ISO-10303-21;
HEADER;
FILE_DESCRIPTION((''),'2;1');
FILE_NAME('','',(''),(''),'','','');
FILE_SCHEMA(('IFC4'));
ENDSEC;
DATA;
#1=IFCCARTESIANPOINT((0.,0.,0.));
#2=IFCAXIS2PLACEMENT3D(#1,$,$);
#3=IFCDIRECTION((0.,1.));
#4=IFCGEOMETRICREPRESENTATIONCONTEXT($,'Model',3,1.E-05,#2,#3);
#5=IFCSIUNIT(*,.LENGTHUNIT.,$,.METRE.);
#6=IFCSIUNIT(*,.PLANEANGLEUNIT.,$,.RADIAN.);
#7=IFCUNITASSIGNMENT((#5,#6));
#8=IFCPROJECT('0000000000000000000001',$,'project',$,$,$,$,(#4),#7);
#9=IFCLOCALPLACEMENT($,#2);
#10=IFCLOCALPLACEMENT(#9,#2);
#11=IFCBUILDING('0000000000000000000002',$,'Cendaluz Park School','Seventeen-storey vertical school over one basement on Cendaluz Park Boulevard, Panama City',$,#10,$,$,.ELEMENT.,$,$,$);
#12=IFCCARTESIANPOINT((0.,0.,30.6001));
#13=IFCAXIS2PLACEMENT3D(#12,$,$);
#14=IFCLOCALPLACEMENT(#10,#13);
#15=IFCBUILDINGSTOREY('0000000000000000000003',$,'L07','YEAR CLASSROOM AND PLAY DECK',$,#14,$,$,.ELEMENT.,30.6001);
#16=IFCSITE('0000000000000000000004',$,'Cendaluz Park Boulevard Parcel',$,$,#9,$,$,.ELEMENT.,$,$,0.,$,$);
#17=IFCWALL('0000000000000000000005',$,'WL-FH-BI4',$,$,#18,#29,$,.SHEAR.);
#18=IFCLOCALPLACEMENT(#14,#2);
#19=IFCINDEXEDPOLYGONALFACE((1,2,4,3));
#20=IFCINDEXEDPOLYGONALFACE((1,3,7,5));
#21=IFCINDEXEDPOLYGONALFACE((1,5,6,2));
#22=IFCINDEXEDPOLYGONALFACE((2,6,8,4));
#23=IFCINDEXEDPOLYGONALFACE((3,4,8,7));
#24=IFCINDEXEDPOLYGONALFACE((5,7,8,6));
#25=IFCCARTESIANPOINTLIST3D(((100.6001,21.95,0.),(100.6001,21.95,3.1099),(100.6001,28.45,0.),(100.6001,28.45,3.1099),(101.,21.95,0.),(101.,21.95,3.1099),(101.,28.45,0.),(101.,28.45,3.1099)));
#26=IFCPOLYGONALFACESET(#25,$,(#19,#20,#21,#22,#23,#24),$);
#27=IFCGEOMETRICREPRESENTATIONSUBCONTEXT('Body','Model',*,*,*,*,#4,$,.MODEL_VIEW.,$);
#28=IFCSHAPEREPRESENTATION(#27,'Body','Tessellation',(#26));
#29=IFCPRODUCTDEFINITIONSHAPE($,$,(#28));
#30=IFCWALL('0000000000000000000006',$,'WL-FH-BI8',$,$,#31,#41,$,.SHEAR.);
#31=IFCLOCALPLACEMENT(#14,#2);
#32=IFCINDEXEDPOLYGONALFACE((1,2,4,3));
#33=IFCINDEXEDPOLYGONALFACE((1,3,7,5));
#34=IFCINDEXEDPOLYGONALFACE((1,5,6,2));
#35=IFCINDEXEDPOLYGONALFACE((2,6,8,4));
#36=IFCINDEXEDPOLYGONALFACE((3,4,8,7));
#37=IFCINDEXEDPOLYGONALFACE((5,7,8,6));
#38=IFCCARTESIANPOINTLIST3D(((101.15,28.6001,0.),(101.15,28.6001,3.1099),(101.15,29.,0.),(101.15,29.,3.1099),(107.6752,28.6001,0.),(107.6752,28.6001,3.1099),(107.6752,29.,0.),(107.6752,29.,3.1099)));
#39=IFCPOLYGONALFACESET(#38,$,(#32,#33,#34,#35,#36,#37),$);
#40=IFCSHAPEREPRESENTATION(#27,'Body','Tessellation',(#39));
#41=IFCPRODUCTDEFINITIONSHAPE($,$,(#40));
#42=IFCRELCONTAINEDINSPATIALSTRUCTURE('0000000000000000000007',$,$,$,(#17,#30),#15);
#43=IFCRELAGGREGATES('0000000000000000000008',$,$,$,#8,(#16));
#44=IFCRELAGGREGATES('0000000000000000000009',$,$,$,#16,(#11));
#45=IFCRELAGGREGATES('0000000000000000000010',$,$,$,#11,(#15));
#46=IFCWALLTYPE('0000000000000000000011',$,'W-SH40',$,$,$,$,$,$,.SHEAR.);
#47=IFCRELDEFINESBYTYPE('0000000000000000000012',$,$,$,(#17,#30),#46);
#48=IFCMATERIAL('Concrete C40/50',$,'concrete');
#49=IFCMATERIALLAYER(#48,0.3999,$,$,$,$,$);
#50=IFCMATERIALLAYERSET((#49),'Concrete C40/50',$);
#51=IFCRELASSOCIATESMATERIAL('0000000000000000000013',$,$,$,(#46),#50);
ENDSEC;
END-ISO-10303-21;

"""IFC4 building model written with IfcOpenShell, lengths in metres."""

from ifc_helpers import new_model, si_unit, direction, frame, frame_2d, origin, place, context, subcontext, project, spatial, rectangle, extrude, material, layer, layer_set, type_object, element, save


model = new_model("IFC4")

# Units and contexts
model_context = context("Model", 3, precision=1e-05, world=origin(), true_north=direction((0.0, 1.0)))
body_context = subcontext(model_context, "Body", "Model", "MODEL_VIEW")
ifc_project = project(units=[si_unit("LENGTHUNIT", "METRE"), si_unit("PLANEANGLEUNIT", "RADIAN")], contexts=[model_context])

# Site, building, storey
site_placement = place(None, origin())
site = spatial("IfcSite", under=ifc_project, at=site_placement, Name="Cendaluz Park Boulevard Parcel", CompositionType="ELEMENT", RefElevation=0.0)
building_placement = place(site_placement, origin())
building = spatial("IfcBuilding", under=site, at=building_placement, Name="Cendaluz Park School", Description="Seventeen-storey vertical school over one basement on Cendaluz Park Boulevard, Panama City", CompositionType="ELEMENT")
storey_placement = place(building_placement, frame((0.0, 0.0, 30.6001)))
storey = spatial("IfcBuildingStorey", under=building, at=storey_placement, Name="L07", Description="YEAR CLASSROOM AND PLAY DECK", CompositionType="ELEMENT", Elevation=30.6001)

# Shared definitions
ifc_material_1 = material(Name="Concrete C40/50", Category="concrete")

# Walls
ifc_layer_1 = layer(ifc_material_1, 0.3999)
ifc_layer_set_1 = layer_set([ifc_layer_1], Name="Concrete C40/50")
wall_type_1 = type_object("IfcWallType", Name="W-SH40", PredefinedType="SHEAR", material=ifc_layer_set_1)
wall_1_placement = place(storey_placement, frame((100.8, 21.95, 0.0), z_axis=(0.0, 0.0, 1.0), x_axis=(0.0, 1.0, 0.0)))
element("IfcWall", 1, at=wall_1_placement, inside=storey, type_object=wall_type_1, Name="WL-FH-BI4", PredefinedType="SHEAR", context=body_context, shape_type="SweptSolid", body=[
    extrude(rectangle(XDim=6.5, YDim=0.3999, at=frame_2d((3.25, 0.0))), origin(), (0.0, 0.0, 1.0), 3.1099),
])
wall_2_placement = place(storey_placement, frame((101.1499, 28.8, 0.0), z_axis=(0.0, 0.0, 1.0), x_axis=(1.0, 0.0, 0.0)))
element("IfcWall", 2, at=wall_2_placement, inside=storey, type_object=wall_type_1, Name="WL-FH-BI8", PredefinedType="SHEAR", context=body_context, shape_type="SweptSolid", body=[
    extrude(rectangle(XDim=6.5251, YDim=0.3999, at=frame_2d((3.2627, 0.0))), origin(), (0.0, 0.0, 1.0), 3.1099),
])

save(model, "model.ifc")
